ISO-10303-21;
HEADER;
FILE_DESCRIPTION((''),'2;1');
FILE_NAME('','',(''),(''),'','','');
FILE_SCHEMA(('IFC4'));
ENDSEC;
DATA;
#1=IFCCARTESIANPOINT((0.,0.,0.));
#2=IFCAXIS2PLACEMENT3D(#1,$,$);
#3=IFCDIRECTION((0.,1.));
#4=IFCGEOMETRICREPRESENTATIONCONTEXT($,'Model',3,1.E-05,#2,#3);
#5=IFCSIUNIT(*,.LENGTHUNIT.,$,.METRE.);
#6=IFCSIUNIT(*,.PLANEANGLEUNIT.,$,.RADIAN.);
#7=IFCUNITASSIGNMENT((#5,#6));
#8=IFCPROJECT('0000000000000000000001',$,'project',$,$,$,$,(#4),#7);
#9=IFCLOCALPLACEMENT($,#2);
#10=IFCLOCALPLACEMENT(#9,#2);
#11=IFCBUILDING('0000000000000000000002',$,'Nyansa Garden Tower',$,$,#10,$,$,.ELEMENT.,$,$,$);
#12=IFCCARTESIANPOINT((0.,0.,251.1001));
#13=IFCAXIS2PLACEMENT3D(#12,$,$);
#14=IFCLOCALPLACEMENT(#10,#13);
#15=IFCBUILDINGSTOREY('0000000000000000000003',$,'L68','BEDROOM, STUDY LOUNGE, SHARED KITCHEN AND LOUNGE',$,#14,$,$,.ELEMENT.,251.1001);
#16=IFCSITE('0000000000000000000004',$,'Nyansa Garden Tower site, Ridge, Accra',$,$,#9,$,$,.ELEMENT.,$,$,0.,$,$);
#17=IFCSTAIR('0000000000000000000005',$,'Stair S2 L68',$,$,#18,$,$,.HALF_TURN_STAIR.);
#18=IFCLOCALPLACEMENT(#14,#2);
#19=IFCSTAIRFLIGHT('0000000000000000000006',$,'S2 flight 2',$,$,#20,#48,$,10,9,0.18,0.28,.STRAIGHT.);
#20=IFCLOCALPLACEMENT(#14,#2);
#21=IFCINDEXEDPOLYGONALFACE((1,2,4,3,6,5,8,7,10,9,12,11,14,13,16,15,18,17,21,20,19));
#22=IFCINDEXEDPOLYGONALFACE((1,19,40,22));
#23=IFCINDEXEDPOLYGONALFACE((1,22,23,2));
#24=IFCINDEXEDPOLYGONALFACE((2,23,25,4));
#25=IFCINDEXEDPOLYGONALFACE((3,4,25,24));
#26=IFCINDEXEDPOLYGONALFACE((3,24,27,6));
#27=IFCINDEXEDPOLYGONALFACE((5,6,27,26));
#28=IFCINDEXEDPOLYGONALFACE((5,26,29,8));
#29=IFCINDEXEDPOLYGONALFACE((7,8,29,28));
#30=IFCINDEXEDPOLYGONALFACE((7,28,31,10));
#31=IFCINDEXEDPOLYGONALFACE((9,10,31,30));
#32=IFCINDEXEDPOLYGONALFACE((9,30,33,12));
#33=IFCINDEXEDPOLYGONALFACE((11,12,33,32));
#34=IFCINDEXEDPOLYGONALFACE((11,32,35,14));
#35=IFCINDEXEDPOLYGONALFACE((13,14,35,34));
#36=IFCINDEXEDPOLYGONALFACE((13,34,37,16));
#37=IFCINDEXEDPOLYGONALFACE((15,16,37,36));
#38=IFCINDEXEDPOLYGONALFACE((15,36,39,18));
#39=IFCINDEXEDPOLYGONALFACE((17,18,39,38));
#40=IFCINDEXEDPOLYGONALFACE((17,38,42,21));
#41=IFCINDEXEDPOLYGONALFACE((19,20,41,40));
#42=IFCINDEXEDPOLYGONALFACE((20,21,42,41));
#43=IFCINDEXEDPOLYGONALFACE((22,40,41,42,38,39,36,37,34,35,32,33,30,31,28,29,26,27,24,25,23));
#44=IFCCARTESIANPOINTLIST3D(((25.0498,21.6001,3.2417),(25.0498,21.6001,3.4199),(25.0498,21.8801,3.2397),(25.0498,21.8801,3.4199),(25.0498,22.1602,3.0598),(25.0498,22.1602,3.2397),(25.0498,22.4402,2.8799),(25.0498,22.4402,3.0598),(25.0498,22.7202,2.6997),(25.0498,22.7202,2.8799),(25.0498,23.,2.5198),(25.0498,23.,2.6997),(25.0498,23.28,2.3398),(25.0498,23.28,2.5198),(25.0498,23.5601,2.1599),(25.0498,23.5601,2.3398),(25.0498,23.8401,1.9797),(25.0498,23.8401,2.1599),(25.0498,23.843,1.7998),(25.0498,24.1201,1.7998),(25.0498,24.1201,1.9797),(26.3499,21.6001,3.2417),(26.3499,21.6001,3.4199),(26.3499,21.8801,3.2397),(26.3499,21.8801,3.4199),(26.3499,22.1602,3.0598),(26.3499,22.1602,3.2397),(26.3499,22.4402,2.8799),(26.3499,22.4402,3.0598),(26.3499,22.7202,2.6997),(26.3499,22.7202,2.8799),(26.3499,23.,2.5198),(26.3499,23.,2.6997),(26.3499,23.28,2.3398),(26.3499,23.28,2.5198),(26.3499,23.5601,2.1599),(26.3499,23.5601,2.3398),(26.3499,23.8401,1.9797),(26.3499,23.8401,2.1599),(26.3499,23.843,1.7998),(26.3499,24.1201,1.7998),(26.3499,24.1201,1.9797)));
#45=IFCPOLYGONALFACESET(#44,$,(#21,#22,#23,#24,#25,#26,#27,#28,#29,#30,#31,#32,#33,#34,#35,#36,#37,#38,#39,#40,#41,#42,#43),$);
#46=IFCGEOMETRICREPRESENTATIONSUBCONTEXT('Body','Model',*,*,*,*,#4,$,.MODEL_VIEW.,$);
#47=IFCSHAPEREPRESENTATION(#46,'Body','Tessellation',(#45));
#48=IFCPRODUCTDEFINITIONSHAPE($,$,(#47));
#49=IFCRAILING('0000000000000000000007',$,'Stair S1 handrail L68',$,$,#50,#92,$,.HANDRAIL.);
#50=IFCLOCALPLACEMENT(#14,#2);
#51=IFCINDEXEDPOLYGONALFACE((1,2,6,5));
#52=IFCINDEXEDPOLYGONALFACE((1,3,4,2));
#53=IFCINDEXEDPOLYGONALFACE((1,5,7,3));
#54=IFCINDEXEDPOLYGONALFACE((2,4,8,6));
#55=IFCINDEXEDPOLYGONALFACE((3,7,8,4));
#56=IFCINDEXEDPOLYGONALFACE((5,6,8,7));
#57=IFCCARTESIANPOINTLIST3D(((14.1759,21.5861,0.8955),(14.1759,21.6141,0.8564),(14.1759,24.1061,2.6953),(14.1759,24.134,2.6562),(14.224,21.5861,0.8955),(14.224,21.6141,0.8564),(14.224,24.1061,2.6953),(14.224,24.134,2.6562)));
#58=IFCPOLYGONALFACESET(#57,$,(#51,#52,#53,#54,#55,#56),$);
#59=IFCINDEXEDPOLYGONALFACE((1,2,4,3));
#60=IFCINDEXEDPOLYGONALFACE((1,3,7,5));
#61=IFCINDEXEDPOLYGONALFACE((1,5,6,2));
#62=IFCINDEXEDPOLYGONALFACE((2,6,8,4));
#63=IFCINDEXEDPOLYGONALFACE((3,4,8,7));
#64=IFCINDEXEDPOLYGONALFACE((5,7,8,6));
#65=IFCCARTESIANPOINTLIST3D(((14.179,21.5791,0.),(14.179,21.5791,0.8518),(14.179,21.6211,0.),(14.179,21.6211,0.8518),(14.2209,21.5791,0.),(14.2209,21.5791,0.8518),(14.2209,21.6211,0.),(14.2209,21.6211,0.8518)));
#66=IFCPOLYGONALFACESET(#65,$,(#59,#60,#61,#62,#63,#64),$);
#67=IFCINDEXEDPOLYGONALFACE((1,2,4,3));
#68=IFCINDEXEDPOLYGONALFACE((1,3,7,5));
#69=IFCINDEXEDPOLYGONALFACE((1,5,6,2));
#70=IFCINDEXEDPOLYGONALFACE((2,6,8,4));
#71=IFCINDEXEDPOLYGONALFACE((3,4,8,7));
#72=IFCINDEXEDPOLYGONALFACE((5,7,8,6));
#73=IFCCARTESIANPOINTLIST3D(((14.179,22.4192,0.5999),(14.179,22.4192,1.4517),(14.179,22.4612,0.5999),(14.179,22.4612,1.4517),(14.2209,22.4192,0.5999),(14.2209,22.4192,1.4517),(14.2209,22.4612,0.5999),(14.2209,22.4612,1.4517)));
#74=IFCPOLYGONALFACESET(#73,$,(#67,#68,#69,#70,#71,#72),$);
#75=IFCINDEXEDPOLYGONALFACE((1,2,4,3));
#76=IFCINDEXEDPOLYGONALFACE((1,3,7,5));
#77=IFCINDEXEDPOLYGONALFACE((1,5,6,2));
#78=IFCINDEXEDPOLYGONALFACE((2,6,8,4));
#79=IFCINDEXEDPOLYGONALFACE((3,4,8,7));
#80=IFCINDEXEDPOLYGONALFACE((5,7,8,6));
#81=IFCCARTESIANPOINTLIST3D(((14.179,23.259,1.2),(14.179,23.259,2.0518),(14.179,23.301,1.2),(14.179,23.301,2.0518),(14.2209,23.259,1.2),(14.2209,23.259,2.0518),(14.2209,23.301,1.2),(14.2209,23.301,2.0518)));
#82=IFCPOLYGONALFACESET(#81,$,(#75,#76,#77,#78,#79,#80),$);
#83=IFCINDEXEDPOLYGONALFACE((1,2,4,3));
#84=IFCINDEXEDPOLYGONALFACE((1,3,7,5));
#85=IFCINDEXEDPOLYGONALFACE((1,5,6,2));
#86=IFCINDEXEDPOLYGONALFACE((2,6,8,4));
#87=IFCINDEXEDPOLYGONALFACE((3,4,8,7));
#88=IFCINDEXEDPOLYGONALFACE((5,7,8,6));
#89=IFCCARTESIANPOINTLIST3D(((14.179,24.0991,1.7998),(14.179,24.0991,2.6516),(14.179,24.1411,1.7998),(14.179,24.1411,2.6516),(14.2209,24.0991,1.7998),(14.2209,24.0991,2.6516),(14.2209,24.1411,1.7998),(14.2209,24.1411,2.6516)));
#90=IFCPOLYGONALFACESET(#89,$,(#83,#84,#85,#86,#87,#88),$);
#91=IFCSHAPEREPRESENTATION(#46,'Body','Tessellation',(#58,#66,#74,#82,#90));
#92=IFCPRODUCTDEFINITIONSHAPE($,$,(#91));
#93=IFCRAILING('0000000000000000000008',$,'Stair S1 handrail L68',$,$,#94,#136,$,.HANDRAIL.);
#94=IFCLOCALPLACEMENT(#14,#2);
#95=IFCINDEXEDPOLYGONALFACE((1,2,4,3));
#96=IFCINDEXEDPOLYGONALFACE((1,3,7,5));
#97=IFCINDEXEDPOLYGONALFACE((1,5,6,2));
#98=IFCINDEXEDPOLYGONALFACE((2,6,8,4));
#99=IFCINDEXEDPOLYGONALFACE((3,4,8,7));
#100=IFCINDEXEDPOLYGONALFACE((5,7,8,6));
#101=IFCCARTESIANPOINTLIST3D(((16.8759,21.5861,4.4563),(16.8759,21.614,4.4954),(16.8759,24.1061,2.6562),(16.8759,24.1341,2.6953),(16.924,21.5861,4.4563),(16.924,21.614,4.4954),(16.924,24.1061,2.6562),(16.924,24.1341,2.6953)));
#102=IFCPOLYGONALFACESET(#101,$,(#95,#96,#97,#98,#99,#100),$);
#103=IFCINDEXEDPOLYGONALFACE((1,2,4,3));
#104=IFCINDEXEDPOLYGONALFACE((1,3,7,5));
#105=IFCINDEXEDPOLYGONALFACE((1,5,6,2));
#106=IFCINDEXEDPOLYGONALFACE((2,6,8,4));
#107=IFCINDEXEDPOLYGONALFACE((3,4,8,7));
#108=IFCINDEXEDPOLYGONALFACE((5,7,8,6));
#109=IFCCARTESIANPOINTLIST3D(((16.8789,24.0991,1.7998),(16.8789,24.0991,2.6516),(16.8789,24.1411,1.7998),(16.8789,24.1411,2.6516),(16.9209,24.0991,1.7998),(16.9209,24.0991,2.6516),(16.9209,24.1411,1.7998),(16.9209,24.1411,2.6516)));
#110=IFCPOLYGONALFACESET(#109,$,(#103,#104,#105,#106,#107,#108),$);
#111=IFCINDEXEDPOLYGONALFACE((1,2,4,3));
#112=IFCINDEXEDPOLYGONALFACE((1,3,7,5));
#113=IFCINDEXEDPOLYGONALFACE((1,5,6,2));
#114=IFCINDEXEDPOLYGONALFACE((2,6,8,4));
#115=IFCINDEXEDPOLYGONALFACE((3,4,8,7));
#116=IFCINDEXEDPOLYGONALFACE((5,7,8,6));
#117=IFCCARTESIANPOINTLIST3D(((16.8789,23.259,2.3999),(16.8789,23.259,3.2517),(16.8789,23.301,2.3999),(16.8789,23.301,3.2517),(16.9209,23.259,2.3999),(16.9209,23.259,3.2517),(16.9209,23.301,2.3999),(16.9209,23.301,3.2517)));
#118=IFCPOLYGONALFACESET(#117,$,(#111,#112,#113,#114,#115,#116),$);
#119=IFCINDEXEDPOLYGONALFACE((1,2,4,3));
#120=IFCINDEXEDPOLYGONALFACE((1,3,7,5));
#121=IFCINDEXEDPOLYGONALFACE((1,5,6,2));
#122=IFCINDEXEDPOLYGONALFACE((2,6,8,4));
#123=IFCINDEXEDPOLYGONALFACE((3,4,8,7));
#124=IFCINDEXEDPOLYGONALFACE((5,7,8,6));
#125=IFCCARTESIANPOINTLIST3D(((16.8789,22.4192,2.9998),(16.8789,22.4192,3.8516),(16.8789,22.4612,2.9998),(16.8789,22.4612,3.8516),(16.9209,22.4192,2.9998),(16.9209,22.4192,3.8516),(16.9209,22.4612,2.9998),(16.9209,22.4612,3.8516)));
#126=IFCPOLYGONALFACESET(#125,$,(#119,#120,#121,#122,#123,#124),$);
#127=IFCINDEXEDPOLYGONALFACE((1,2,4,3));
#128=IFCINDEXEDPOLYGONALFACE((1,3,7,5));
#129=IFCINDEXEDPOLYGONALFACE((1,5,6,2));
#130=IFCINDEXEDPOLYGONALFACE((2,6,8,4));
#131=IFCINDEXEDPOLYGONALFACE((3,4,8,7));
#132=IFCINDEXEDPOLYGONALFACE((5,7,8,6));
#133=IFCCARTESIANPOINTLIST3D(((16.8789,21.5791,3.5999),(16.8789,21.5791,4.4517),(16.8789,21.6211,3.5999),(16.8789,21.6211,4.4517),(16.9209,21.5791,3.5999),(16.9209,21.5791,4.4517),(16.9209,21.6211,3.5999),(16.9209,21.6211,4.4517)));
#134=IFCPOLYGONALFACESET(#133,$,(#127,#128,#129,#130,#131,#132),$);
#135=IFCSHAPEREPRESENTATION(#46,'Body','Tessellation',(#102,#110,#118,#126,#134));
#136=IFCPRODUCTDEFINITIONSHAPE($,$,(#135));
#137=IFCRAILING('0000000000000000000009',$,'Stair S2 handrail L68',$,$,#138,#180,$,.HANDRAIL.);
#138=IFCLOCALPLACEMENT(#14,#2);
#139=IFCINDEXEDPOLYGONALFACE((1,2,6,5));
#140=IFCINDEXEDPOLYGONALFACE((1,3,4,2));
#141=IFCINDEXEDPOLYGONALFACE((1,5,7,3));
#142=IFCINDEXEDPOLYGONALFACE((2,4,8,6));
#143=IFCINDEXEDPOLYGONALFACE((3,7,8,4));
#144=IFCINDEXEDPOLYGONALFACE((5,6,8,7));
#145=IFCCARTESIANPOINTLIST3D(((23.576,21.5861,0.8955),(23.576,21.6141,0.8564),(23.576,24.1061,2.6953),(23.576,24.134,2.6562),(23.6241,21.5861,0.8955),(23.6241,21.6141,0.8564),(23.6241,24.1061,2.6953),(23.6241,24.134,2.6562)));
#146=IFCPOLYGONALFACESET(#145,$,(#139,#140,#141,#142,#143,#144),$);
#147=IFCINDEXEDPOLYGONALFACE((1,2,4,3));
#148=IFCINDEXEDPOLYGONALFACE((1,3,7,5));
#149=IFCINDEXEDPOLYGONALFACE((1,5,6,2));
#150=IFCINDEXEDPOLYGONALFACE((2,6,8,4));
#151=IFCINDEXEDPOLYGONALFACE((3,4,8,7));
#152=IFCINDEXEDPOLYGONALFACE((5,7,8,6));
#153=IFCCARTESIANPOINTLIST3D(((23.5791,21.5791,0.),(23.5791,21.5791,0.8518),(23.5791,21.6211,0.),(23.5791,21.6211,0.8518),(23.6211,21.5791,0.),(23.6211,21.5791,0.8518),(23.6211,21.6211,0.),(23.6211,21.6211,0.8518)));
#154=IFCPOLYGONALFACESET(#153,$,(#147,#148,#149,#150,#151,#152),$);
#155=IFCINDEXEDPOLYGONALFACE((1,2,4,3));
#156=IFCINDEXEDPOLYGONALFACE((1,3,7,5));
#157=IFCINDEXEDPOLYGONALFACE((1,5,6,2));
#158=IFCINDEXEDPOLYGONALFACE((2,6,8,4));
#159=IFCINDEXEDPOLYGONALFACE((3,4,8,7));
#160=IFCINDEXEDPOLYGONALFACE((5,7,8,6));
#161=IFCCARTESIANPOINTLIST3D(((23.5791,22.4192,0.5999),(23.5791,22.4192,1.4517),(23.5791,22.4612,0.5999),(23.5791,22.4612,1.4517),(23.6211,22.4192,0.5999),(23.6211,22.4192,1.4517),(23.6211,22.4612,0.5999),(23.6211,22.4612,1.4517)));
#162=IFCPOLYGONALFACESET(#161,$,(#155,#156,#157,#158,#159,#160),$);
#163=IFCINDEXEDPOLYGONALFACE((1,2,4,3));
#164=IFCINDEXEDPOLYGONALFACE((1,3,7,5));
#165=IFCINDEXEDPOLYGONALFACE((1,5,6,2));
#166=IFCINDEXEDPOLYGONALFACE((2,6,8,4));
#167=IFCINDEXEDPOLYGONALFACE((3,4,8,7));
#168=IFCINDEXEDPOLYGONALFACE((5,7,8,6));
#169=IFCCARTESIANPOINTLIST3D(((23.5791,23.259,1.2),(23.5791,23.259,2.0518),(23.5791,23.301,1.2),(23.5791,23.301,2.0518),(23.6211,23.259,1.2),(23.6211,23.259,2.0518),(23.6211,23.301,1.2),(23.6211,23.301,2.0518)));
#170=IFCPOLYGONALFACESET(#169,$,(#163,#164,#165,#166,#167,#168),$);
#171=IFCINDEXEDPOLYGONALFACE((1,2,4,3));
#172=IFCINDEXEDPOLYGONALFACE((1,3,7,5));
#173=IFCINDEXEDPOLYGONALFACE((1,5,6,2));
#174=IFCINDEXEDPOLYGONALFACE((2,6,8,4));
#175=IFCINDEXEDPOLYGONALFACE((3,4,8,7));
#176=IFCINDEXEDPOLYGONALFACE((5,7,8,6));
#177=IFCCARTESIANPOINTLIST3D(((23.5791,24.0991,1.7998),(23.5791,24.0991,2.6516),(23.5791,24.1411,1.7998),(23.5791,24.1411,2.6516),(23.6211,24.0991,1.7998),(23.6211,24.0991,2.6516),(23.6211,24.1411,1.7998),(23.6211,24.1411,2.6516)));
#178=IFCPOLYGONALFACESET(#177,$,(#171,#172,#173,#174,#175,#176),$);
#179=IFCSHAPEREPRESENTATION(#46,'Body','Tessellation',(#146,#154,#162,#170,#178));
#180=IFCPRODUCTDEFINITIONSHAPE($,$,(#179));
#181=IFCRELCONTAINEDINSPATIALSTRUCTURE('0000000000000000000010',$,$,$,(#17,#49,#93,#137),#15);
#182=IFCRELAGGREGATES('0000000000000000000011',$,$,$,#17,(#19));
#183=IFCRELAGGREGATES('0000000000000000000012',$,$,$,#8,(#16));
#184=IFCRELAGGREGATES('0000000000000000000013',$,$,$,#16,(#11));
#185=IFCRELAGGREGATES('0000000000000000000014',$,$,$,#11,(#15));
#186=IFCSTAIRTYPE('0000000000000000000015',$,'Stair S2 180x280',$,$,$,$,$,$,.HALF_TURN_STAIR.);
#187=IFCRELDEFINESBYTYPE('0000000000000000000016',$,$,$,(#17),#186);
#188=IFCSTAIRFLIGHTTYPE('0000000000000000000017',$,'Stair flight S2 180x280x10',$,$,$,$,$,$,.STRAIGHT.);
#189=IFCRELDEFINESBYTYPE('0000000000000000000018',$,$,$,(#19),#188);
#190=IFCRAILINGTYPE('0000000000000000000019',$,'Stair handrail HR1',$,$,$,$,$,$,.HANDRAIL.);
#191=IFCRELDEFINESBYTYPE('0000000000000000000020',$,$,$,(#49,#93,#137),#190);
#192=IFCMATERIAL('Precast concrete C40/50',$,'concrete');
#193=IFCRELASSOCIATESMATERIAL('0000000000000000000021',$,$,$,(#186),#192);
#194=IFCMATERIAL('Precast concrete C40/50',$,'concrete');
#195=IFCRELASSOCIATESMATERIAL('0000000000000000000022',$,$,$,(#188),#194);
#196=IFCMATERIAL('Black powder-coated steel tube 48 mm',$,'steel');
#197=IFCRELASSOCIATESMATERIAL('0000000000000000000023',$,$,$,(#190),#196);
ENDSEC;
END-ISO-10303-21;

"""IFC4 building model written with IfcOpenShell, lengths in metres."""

from ifc_helpers import new_model, si_unit, direction, frame, origin, origin_2d, place, context, subcontext, project, spatial, polyline, rectangle, outline, extrude, material, type_object, element, aggregate, save


model = new_model("IFC4")

# Units and contexts
model_context = context("Model", 3, precision=1e-05, world=origin(), true_north=direction((0.0, 1.0)))
body_context = subcontext(model_context, "Body", "Model", "MODEL_VIEW")
ifc_project = project(units=[si_unit("LENGTHUNIT", "METRE"), si_unit("PLANEANGLEUNIT", "RADIAN")], contexts=[model_context])

# Site, building, storey
site_placement = place(None, origin())
site = spatial("IfcSite", under=ifc_project, at=site_placement, Name="Nyansa Garden Tower site, Ridge, Accra", CompositionType="ELEMENT", RefElevation=0.0)
building_placement = place(site_placement, origin())
building = spatial("IfcBuilding", under=site, at=building_placement, Name="Nyansa Garden Tower", CompositionType="ELEMENT")
storey_placement = place(building_placement, frame((0.0, 0.0, 251.1001)))
storey = spatial("IfcBuildingStorey", under=building, at=storey_placement, Name="L68", Description="BEDROOM, STUDY LOUNGE, SHARED KITCHEN AND LOUNGE", CompositionType="ELEMENT", Elevation=251.1001)

# Stair, stair flight
ifc_material_1 = material(Name="Precast concrete C40/50", Category="concrete")
stair_type_1 = type_object("IfcStairType", Name="Stair S2 180x280", PredefinedType="HALF_TURN_STAIR", material=ifc_material_1)
stair_1_placement = place(storey_placement, origin())
stair_1 = element("IfcStair", 1, at=stair_1_placement, inside=storey, type_object=stair_type_1, Name="Stair S2 L68", PredefinedType="HALF_TURN_STAIR")
ifc_material_2 = material(Name="Precast concrete C40/50", Category="concrete")
stair_flight_type_1 = type_object("IfcStairFlightType", Name="Stair flight S2 180x280x10", PredefinedType="STRAIGHT", material=ifc_material_2)
stair_flight_1_placement = place(storey_placement, frame((25.7, 24.1201, 1.7998), z_axis=(0.0, 0.0, 1.0), x_axis=(0.0, -1.0, 0.0)))
stair_flight_1 = element("IfcStairFlight", 2, at=stair_flight_1_placement, type_object=stair_flight_type_1, Name="S2 flight 2", NumberOfRisers=10, NumberOfTreads=9, PredefinedType="STRAIGHT", RiserHeight=0.18, TreadLength=0.28, context=body_context, shape_type="SweptSolid", body=[
    extrude(outline(polyline([(0.0, 0.0), (0.0, 0.1799), (0.28, 0.1799), (0.28, 0.3601), (0.5601, 0.3601), (0.5601, 0.54), (0.8401, 0.54), (0.8401, 0.72), (1.1201, 0.72), (1.1201, 0.8999), (1.3999, 0.8999), (1.3999, 1.0801), (1.6799, 1.0801), (1.6799, 1.26), (1.96, 1.26), (1.96, 1.4399), (2.24, 1.4399), (2.24, 1.6201), (2.52, 1.6201), (2.52, 1.8), (2.52, 1.4419), (0.2771, 0.0), (0.0, 0.0)])), frame((0.0, 0.6499, 0.0), z_axis=(0.0, -1.0, 0.0), x_axis=(1.0, 0.0, 0.0)), (0.0, 0.0, 1.0), 1.3),
])
aggregate(stair_1, [stair_flight_1])

# Railings
ifc_material_3 = material(Name="Black powder-coated steel tube 48 mm", Category="steel")
railing_type = type_object("IfcRailingType", Name="Stair handrail HR1", PredefinedType="HANDRAIL", material=ifc_material_3)
railing_1_placement = place(storey_placement, frame((14.2, 21.6001, 0.0)))
element("IfcRailing", 3, at=railing_1_placement, inside=storey, type_object=railing_type, Name="Stair S1 handrail L68", PredefinedType="HANDRAIL", context=body_context, shape_type="SweptSolid", body=[
    extrude(rectangle(XDim=0.0481, YDim=0.0481, at=origin_2d()), frame((0.0, 0.0, 0.876), z_axis=(0.0, 0.813765, 0.581193), x_axis=(-1.0, 0.0, 0.0)), (0.0, 0.0, 1.0), 3.0967),
    extrude(rectangle(XDim=0.042, YDim=0.042, at=origin_2d()), origin(), (0.0, 0.0, 1.0), 0.8518),
    extrude(rectangle(XDim=0.042, YDim=0.042, at=origin_2d()), frame((0.0, 0.8401, 0.5999)), (0.0, 0.0, 1.0), 0.8518),
    extrude(rectangle(XDim=0.042, YDim=0.042, at=origin_2d()), frame((0.0, 1.6799, 1.2)), (0.0, 0.0, 1.0), 0.8518),
    extrude(rectangle(XDim=0.042, YDim=0.042, at=origin_2d()), frame((0.0, 2.52, 1.7998)), (0.0, 0.0, 1.0), 0.8518),
])
railing_2_placement = place(storey_placement, frame((16.8999, 24.1201, 1.7998)))
element("IfcRailing", 4, at=railing_2_placement, inside=storey, type_object=railing_type, Name="Stair S1 handrail L68", PredefinedType="HANDRAIL", context=body_context, shape_type="SweptSolid", body=[
    extrude(rectangle(XDim=0.0481, YDim=0.0481, at=origin_2d()), frame((0.0, 0.0, 0.876), z_axis=(0.0, -0.813728, 0.581246), x_axis=(1.0, 0.0, 0.0)), (0.0, 0.0, 1.0), 3.0969),
    extrude(rectangle(XDim=0.042, YDim=0.042, at=origin_2d()), origin(), (0.0, 0.0, 1.0), 0.8518),
    extrude(rectangle(XDim=0.042, YDim=0.042, at=origin_2d()), frame((0.0, -0.8401, 0.6001)), (0.0, 0.0, 1.0), 0.8518),
    extrude(rectangle(XDim=0.042, YDim=0.042, at=origin_2d()), frame((0.0, -1.6799, 1.2)), (0.0, 0.0, 1.0), 0.8518),
    extrude(rectangle(XDim=0.042, YDim=0.042, at=origin_2d()), frame((0.0, -2.52, 1.8)), (0.0, 0.0, 1.0), 0.8518),
])
railing_3_placement = place(storey_placement, frame((23.6001, 21.6001, 0.0)))
element("IfcRailing", 5, at=railing_3_placement, inside=storey, type_object=railing_type, Name="Stair S2 handrail L68", PredefinedType="HANDRAIL", context=body_context, shape_type="SweptSolid", body=[
    extrude(rectangle(XDim=0.0481, YDim=0.0481, at=origin_2d()), frame((0.0, 0.0, 0.876), z_axis=(0.0, 0.813765, 0.581193), x_axis=(-1.0, 0.0, 0.0)), (0.0, 0.0, 1.0), 3.0967),
    extrude(rectangle(XDim=0.042, YDim=0.042, at=origin_2d()), origin(), (0.0, 0.0, 1.0), 0.8518),
    extrude(rectangle(XDim=0.042, YDim=0.042, at=origin_2d()), frame((0.0, 0.8401, 0.5999)), (0.0, 0.0, 1.0), 0.8518),
    extrude(rectangle(XDim=0.042, YDim=0.042, at=origin_2d()), frame((0.0, 1.6799, 1.2)), (0.0, 0.0, 1.0), 0.8518),
    extrude(rectangle(XDim=0.042, YDim=0.042, at=origin_2d()), frame((0.0, 2.52, 1.7998)), (0.0, 0.0, 1.0), 0.8518),
])

save(model, "model.ifc")
